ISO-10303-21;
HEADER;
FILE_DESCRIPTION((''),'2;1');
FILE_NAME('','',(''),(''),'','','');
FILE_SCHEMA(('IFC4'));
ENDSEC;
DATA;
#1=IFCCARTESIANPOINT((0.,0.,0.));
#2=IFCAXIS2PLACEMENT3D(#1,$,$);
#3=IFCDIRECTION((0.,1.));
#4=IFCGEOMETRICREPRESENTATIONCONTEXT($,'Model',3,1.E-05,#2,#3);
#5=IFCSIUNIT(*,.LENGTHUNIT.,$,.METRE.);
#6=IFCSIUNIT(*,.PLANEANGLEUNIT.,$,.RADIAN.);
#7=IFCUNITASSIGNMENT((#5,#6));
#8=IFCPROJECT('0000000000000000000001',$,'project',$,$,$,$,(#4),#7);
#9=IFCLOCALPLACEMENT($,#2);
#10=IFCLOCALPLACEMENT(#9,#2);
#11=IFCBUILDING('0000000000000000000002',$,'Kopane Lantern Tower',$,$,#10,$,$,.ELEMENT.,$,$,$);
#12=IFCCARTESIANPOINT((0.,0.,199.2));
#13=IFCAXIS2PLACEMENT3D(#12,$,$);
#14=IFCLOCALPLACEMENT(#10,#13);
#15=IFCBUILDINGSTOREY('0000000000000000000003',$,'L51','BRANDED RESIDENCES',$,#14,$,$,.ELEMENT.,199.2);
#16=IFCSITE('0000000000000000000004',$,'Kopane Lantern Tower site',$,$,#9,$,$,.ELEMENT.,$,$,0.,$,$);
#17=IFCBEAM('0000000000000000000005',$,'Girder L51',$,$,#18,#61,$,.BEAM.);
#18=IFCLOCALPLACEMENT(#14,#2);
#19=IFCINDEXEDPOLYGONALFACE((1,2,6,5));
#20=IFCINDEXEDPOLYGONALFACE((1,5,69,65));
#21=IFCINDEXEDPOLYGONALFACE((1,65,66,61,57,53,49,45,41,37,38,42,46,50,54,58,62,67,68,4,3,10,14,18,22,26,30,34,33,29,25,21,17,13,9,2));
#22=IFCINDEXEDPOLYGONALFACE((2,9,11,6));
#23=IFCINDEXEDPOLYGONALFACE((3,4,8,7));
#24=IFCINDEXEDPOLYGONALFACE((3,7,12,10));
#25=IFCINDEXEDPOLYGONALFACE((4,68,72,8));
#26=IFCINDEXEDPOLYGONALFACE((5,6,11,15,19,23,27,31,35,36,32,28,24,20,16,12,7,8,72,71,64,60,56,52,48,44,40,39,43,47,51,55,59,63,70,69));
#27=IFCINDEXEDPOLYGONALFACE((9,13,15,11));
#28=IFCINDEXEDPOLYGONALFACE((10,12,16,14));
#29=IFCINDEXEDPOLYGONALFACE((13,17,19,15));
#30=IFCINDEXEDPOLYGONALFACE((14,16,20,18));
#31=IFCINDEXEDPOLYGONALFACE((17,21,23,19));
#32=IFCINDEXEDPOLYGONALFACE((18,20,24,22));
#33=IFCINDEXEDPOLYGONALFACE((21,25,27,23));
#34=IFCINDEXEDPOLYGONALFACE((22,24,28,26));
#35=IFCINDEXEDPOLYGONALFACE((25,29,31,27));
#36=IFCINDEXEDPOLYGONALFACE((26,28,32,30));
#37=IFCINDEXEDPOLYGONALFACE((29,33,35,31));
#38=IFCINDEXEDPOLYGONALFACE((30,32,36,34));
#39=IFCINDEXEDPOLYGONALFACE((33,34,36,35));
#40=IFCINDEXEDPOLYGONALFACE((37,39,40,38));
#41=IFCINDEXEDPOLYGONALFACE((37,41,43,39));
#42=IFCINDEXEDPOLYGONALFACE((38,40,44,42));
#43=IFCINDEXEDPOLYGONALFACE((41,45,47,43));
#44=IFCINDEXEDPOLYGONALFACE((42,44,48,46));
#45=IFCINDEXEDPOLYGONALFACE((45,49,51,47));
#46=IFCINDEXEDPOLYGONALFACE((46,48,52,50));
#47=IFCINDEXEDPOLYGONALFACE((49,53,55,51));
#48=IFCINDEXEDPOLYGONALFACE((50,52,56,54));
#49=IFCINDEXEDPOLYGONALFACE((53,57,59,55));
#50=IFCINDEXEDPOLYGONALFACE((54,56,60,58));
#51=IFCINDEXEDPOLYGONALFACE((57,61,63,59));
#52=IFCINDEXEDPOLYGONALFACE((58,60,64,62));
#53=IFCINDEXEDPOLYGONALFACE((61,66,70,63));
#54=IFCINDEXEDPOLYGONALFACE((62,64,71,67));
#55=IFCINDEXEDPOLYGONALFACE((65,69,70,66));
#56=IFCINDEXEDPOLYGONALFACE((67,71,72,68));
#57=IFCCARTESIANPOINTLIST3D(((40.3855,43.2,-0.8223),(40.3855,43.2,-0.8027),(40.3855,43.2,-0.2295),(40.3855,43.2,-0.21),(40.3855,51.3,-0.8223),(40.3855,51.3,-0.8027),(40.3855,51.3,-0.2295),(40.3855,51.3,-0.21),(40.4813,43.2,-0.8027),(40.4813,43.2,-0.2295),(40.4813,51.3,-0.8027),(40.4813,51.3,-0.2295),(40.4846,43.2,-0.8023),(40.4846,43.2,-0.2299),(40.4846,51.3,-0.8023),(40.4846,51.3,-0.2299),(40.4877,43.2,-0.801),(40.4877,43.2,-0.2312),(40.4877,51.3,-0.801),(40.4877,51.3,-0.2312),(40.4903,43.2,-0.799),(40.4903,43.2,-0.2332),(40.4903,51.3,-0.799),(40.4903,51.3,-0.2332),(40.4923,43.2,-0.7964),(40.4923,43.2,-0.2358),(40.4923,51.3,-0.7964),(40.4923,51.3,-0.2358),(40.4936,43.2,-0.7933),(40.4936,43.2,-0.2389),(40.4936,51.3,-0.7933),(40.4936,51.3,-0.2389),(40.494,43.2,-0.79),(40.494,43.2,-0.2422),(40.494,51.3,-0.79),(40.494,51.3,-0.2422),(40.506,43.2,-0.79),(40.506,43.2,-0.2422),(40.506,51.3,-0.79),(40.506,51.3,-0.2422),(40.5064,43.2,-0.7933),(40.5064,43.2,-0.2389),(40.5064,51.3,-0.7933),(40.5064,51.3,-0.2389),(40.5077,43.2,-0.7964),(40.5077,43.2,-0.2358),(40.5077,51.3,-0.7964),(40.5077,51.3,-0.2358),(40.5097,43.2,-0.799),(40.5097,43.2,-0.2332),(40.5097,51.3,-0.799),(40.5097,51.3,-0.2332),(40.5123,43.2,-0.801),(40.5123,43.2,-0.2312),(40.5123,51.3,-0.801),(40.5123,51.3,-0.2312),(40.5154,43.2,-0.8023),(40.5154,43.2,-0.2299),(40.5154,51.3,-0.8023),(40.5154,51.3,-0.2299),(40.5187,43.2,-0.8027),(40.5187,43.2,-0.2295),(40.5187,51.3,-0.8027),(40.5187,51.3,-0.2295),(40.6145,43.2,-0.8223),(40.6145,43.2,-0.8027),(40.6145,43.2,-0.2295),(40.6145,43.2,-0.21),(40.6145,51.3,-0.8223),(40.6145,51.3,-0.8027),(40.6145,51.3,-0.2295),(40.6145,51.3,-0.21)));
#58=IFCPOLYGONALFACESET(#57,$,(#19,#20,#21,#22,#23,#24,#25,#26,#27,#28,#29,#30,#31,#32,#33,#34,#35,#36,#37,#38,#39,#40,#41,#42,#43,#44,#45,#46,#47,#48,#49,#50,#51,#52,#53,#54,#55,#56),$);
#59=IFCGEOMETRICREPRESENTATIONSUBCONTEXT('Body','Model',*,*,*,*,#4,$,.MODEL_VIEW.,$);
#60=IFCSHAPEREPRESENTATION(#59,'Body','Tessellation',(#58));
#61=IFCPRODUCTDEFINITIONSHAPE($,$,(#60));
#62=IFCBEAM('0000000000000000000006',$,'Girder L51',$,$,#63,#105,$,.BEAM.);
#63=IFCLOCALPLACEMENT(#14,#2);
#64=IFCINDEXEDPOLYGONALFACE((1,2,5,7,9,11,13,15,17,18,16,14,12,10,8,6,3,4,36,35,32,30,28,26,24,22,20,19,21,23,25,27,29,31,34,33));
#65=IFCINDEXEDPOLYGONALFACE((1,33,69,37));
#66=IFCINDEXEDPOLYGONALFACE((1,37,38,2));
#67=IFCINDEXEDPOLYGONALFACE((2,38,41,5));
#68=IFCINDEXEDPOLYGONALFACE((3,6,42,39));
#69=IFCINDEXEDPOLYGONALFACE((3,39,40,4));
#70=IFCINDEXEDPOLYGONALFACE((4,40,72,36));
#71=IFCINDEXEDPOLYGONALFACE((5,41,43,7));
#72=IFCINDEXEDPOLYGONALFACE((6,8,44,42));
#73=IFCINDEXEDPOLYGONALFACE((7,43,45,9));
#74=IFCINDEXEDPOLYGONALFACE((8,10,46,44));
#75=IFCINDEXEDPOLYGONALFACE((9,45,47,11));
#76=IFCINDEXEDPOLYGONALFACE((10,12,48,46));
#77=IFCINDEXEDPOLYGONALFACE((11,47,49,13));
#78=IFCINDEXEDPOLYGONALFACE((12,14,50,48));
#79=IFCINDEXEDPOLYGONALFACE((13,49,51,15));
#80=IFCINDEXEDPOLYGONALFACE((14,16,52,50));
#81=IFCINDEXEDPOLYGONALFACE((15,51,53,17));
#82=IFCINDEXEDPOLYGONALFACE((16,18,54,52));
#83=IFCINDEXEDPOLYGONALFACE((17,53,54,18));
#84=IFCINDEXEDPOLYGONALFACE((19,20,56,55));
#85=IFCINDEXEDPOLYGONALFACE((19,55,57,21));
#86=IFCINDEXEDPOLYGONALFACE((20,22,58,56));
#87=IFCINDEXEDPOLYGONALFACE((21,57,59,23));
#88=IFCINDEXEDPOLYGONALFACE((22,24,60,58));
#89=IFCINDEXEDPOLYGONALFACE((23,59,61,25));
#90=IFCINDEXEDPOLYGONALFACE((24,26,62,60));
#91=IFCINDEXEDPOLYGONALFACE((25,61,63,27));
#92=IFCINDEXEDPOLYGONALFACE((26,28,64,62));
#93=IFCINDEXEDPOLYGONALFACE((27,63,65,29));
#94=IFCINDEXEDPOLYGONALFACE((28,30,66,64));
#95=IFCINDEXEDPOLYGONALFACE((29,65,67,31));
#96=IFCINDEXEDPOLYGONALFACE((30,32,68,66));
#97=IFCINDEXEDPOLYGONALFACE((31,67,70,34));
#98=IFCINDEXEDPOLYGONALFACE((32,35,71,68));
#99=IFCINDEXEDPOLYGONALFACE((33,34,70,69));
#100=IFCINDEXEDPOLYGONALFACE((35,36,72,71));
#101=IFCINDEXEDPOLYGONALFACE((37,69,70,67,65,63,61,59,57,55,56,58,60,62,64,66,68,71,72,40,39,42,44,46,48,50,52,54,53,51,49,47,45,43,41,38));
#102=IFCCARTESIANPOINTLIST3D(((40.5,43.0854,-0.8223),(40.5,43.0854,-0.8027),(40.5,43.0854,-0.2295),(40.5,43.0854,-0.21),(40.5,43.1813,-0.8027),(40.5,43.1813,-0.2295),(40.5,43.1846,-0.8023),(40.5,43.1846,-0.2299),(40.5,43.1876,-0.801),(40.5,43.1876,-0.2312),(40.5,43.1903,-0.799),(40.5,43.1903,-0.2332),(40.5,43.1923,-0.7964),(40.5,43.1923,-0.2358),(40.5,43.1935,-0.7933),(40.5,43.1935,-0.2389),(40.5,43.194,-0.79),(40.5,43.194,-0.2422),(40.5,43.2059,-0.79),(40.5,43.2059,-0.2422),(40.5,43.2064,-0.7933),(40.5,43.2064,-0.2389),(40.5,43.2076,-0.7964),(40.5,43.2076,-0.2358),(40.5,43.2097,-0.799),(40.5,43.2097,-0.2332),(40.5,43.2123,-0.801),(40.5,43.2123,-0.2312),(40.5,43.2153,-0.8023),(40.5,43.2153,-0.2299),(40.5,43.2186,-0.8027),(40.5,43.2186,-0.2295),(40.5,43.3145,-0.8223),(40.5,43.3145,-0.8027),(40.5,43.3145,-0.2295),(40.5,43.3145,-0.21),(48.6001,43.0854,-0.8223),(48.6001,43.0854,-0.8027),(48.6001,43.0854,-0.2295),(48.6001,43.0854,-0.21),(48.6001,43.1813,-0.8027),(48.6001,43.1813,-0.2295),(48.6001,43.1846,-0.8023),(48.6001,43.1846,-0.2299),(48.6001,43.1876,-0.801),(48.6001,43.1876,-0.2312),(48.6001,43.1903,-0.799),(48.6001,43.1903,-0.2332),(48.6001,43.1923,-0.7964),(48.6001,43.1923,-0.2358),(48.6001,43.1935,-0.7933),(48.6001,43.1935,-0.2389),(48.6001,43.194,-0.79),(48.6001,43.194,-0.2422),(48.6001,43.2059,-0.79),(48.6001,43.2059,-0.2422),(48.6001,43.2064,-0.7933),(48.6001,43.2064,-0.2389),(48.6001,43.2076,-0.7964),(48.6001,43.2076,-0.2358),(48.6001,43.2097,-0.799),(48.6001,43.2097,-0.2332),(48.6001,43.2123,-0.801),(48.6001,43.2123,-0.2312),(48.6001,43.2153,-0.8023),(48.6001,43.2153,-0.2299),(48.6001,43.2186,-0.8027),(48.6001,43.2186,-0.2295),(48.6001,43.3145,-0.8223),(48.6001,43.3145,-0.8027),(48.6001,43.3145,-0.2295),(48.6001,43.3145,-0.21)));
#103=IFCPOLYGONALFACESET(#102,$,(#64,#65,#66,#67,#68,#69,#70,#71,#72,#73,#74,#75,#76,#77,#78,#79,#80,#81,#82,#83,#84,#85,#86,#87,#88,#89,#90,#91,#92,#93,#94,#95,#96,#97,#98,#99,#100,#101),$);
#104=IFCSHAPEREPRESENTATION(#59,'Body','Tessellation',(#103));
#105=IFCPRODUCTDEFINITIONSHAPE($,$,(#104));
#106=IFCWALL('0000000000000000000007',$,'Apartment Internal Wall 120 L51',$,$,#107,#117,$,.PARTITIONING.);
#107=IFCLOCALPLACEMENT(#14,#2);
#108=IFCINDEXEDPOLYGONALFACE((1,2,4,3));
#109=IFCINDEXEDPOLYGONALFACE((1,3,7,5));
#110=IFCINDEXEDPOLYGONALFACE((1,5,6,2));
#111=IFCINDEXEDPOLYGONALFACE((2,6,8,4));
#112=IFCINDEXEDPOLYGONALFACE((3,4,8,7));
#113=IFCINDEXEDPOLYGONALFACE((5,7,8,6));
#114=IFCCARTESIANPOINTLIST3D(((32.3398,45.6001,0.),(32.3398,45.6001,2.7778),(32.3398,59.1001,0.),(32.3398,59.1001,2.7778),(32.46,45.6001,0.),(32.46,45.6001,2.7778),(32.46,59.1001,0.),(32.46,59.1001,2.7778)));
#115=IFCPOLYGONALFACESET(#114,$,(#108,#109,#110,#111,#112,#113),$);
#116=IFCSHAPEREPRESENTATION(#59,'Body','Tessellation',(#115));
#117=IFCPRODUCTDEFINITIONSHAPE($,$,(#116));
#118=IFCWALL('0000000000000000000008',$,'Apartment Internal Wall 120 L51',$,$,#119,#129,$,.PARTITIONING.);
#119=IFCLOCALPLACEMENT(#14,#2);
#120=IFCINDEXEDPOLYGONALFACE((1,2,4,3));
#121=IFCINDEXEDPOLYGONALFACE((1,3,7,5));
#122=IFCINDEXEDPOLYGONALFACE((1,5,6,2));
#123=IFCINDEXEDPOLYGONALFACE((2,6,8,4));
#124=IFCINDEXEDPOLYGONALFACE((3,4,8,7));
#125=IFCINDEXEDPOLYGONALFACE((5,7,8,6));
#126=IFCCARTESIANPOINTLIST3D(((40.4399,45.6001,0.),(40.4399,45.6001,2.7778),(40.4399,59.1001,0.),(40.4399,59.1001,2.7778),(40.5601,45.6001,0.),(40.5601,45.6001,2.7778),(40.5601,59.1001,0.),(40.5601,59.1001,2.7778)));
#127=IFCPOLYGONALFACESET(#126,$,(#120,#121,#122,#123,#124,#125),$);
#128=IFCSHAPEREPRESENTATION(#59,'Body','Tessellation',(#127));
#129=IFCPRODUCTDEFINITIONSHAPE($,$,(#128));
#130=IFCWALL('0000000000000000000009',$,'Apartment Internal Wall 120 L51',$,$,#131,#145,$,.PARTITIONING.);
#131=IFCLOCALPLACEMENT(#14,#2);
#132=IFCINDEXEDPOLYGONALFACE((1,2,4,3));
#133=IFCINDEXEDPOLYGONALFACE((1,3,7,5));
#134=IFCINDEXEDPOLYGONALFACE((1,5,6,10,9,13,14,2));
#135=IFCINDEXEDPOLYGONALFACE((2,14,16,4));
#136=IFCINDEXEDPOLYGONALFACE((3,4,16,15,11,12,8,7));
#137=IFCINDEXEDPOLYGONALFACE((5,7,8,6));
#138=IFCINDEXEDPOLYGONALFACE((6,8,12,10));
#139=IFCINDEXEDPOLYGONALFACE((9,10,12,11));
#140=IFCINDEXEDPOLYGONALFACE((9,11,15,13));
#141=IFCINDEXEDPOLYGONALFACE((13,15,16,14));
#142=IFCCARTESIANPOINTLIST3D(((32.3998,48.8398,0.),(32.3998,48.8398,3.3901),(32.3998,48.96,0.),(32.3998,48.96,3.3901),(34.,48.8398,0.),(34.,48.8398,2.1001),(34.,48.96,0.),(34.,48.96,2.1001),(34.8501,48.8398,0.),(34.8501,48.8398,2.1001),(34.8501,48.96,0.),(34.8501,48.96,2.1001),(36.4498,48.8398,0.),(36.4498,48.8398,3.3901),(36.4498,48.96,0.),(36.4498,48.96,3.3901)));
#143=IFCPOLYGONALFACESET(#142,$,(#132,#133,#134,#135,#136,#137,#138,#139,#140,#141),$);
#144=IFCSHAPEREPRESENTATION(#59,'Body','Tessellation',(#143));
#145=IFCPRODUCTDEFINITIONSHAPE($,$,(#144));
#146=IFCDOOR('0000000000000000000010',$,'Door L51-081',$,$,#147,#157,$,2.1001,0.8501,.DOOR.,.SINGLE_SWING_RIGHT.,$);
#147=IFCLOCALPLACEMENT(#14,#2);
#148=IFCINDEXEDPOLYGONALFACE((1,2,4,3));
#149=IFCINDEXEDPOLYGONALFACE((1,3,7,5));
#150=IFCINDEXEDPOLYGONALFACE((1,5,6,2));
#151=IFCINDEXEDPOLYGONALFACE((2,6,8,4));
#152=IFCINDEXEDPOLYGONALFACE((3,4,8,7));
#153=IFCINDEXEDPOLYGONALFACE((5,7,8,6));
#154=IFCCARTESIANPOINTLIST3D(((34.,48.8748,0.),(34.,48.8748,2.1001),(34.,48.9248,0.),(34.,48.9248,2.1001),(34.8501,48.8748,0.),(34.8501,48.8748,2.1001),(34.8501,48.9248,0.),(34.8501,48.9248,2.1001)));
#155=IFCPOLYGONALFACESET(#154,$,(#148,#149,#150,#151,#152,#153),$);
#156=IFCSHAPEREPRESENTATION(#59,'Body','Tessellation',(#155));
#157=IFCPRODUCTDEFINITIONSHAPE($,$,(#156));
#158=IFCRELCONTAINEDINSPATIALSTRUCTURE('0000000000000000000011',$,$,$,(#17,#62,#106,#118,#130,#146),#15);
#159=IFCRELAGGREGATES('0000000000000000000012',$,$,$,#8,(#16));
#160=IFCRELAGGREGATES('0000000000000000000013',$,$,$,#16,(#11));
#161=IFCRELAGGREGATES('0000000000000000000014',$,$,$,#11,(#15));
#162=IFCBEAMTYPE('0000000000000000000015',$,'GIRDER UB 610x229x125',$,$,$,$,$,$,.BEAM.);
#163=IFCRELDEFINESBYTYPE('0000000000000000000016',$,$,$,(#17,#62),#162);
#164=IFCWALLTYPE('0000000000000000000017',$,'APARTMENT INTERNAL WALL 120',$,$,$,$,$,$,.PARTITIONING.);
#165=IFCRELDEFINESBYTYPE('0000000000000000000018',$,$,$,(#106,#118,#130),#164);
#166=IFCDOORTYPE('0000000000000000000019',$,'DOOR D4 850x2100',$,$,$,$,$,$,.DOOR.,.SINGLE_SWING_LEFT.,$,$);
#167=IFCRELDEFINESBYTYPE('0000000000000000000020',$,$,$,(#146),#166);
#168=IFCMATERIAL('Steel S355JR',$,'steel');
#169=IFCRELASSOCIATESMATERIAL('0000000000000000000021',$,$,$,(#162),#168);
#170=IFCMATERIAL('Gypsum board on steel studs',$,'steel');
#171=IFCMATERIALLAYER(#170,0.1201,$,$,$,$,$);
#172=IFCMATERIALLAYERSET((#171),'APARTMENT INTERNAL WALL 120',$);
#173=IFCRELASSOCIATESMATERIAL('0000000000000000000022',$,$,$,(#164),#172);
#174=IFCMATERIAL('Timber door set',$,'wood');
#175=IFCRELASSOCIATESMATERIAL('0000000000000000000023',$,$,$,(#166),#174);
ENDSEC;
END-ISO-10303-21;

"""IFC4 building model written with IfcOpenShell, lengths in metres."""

from ifc_helpers import new_model, si_unit, direction, frame, frame_2d, origin, origin_2d, place, context, subcontext, project, spatial, rectangle, i_section, extrude, material, layer, layer_set, material_profile, profile_set, type_object, element, fill, save


model = new_model("IFC4")

# Units and contexts
model_context = context("Model", 3, precision=1e-05, world=origin(), true_north=direction((0.0, 1.0)))
body_context = subcontext(model_context, "Body", "Model", "MODEL_VIEW")
ifc_project = project(units=[si_unit("LENGTHUNIT", "METRE"), si_unit("PLANEANGLEUNIT", "RADIAN")], contexts=[model_context])

# Site, building, storey
site_placement = place(None, origin())
site = spatial("IfcSite", under=ifc_project, at=site_placement, Name="Kopane Lantern Tower site", CompositionType="ELEMENT", RefElevation=0.0)
building_placement = place(site_placement, origin())
building = spatial("IfcBuilding", under=site, at=building_placement, Name="Kopane Lantern Tower", CompositionType="ELEMENT")
storey_placement = place(building_placement, frame((0.0, 0.0, 199.2)))
storey = spatial("IfcBuildingStorey", under=building, at=storey_placement, Name="L51", Description="BRANDED RESIDENCES", CompositionType="ELEMENT", Elevation=199.2)

# Beams
ifc_material_1 = material(Name="Steel S355JR", Category="steel")
ifc_material_profile_1 = material_profile(ifc_material_1, i_section(OverallWidth=0.229, OverallDepth=0.6123, WebThickness=0.012, FlangeThickness=0.0195, FilletRadius=0.0127, at=origin_2d()), Name="UB 610x229x125")
ifc_profile_set_1 = profile_set([ifc_material_profile_1], Name="Steel S355JR")
beam_type = type_object("IfcBeamType", Name="GIRDER UB 610x229x125", PredefinedType="BEAM", material=ifc_profile_set_1)
for number, where, z_axis, x_axis, name in (
    (1, (40.5, 43.2, -0.5161), (0.0, 1.0, 0.0), (-1.0, 0.0, 0.0), "Girder L51"),
    (2, (40.5, 43.2, -0.5161), (1.0, 0.0, 0.0), (0.0, 1.0, 0.0), "Girder L51"),
):
    element("IfcBeam", number, at=place(storey_placement, frame(where, z_axis=z_axis, x_axis=x_axis)), inside=storey, type_object=beam_type, Name=name, PredefinedType="BEAM", context=body_context, shape_type="SweptSolid", body=[
        extrude(i_section(OverallWidth=0.229, OverallDepth=0.6123, WebThickness=0.012, FlangeThickness=0.0195, FilletRadius=0.0127, at=origin_2d()), origin(), (0.0, 0.0, 1.0), 8.1001),
    ])

# Walls
ifc_material_2 = material(Name="Gypsum board on steel studs", Category="steel")
ifc_layer_1 = layer(ifc_material_2, 0.1201)
ifc_layer_set_1 = layer_set([ifc_layer_1], Name="APARTMENT INTERNAL WALL 120")
wall_type_1 = type_object("IfcWallType", Name="APARTMENT INTERNAL WALL 120", PredefinedType="PARTITIONING", material=ifc_layer_set_1)
for number, where, z_axis, x_axis, name in (
    (3, (32.3999, 45.6001, 0.0), (0.0, 0.0, 1.0), (0.0, 1.0, 0.0), "Apartment Internal Wall 120 L51"),
    (4, (40.5, 45.6001, 0.0), (0.0, 0.0, 1.0), (0.0, 1.0, 0.0), "Apartment Internal Wall 120 L51"),
):
    element("IfcWall", number, at=place(storey_placement, frame(where, z_axis=z_axis, x_axis=x_axis)), inside=storey, type_object=wall_type_1, Name=name, PredefinedType="PARTITIONING", context=body_context, shape_type="SweptSolid", body=[
        extrude(rectangle(XDim=13.5, YDim=0.1201, at=frame_2d((6.75, 0.0))), origin(), (0.0, 0.0, 1.0), 2.7778),
    ])

# Wall, opening, door
wall_1_placement = place(storey_placement, frame((32.3999, 48.8999, 0.0), z_axis=(0.0, 0.0, 1.0), x_axis=(1.0, 0.0, 0.0)))
wall_1 = element("IfcWall", 5, at=wall_1_placement, inside=storey, type_object=wall_type_1, Name="Apartment Internal Wall 120 L51", PredefinedType="PARTITIONING", context=body_context, shape_type="SweptSolid", body=[
    extrude(rectangle(XDim=4.05, YDim=0.1201, at=frame_2d((2.0249, 0.0))), origin(), (0.0, 0.0, 1.0), 3.3901),
])
opening_1_placement = place(wall_1_placement, frame((1.6001, 0.0, 0.0)))
opening_1 = element("IfcOpeningElement", 6, at=opening_1_placement, cuts=wall_1, PredefinedType="OPENING", context=body_context, shape_type="SweptSolid", body=[
    extrude(rectangle(XDim=0.8501, YDim=2.1001, at=frame_2d((0.425, 1.05))), frame((0.0, 0.0701, 0.0), z_axis=(0.0, -1.0, 0.0), x_axis=(1.0, 0.0, 0.0)), (0.0, 0.0, 1.0), 0.1401),
])
ifc_material_3 = material(Name="Timber door set", Category="wood")
door_type_1 = type_object("IfcDoorType", Name="DOOR D4 850x2100", OperationType="SINGLE_SWING_LEFT", PredefinedType="DOOR", material=ifc_material_3)
door_1_placement = place(opening_1_placement, origin())
door_1 = element("IfcDoor", 7, at=door_1_placement, inside=storey, type_object=door_type_1, Name="Door L51-081", OperationType="SINGLE_SWING_RIGHT", OverallHeight=2.1001, OverallWidth=0.8501, PredefinedType="DOOR", context=body_context, shape_type="SweptSolid", body=[
    extrude(rectangle(XDim=0.8501, YDim=2.1001, at=frame_2d((0.425, 1.05))), frame((0.0, 0.0249, 0.0), z_axis=(0.0, -1.0, 0.0), x_axis=(1.0, 0.0, 0.0)), (0.0, 0.0, 1.0), 0.05),
])
fill(opening_1, door_1)

save(model, "model.ifc")
